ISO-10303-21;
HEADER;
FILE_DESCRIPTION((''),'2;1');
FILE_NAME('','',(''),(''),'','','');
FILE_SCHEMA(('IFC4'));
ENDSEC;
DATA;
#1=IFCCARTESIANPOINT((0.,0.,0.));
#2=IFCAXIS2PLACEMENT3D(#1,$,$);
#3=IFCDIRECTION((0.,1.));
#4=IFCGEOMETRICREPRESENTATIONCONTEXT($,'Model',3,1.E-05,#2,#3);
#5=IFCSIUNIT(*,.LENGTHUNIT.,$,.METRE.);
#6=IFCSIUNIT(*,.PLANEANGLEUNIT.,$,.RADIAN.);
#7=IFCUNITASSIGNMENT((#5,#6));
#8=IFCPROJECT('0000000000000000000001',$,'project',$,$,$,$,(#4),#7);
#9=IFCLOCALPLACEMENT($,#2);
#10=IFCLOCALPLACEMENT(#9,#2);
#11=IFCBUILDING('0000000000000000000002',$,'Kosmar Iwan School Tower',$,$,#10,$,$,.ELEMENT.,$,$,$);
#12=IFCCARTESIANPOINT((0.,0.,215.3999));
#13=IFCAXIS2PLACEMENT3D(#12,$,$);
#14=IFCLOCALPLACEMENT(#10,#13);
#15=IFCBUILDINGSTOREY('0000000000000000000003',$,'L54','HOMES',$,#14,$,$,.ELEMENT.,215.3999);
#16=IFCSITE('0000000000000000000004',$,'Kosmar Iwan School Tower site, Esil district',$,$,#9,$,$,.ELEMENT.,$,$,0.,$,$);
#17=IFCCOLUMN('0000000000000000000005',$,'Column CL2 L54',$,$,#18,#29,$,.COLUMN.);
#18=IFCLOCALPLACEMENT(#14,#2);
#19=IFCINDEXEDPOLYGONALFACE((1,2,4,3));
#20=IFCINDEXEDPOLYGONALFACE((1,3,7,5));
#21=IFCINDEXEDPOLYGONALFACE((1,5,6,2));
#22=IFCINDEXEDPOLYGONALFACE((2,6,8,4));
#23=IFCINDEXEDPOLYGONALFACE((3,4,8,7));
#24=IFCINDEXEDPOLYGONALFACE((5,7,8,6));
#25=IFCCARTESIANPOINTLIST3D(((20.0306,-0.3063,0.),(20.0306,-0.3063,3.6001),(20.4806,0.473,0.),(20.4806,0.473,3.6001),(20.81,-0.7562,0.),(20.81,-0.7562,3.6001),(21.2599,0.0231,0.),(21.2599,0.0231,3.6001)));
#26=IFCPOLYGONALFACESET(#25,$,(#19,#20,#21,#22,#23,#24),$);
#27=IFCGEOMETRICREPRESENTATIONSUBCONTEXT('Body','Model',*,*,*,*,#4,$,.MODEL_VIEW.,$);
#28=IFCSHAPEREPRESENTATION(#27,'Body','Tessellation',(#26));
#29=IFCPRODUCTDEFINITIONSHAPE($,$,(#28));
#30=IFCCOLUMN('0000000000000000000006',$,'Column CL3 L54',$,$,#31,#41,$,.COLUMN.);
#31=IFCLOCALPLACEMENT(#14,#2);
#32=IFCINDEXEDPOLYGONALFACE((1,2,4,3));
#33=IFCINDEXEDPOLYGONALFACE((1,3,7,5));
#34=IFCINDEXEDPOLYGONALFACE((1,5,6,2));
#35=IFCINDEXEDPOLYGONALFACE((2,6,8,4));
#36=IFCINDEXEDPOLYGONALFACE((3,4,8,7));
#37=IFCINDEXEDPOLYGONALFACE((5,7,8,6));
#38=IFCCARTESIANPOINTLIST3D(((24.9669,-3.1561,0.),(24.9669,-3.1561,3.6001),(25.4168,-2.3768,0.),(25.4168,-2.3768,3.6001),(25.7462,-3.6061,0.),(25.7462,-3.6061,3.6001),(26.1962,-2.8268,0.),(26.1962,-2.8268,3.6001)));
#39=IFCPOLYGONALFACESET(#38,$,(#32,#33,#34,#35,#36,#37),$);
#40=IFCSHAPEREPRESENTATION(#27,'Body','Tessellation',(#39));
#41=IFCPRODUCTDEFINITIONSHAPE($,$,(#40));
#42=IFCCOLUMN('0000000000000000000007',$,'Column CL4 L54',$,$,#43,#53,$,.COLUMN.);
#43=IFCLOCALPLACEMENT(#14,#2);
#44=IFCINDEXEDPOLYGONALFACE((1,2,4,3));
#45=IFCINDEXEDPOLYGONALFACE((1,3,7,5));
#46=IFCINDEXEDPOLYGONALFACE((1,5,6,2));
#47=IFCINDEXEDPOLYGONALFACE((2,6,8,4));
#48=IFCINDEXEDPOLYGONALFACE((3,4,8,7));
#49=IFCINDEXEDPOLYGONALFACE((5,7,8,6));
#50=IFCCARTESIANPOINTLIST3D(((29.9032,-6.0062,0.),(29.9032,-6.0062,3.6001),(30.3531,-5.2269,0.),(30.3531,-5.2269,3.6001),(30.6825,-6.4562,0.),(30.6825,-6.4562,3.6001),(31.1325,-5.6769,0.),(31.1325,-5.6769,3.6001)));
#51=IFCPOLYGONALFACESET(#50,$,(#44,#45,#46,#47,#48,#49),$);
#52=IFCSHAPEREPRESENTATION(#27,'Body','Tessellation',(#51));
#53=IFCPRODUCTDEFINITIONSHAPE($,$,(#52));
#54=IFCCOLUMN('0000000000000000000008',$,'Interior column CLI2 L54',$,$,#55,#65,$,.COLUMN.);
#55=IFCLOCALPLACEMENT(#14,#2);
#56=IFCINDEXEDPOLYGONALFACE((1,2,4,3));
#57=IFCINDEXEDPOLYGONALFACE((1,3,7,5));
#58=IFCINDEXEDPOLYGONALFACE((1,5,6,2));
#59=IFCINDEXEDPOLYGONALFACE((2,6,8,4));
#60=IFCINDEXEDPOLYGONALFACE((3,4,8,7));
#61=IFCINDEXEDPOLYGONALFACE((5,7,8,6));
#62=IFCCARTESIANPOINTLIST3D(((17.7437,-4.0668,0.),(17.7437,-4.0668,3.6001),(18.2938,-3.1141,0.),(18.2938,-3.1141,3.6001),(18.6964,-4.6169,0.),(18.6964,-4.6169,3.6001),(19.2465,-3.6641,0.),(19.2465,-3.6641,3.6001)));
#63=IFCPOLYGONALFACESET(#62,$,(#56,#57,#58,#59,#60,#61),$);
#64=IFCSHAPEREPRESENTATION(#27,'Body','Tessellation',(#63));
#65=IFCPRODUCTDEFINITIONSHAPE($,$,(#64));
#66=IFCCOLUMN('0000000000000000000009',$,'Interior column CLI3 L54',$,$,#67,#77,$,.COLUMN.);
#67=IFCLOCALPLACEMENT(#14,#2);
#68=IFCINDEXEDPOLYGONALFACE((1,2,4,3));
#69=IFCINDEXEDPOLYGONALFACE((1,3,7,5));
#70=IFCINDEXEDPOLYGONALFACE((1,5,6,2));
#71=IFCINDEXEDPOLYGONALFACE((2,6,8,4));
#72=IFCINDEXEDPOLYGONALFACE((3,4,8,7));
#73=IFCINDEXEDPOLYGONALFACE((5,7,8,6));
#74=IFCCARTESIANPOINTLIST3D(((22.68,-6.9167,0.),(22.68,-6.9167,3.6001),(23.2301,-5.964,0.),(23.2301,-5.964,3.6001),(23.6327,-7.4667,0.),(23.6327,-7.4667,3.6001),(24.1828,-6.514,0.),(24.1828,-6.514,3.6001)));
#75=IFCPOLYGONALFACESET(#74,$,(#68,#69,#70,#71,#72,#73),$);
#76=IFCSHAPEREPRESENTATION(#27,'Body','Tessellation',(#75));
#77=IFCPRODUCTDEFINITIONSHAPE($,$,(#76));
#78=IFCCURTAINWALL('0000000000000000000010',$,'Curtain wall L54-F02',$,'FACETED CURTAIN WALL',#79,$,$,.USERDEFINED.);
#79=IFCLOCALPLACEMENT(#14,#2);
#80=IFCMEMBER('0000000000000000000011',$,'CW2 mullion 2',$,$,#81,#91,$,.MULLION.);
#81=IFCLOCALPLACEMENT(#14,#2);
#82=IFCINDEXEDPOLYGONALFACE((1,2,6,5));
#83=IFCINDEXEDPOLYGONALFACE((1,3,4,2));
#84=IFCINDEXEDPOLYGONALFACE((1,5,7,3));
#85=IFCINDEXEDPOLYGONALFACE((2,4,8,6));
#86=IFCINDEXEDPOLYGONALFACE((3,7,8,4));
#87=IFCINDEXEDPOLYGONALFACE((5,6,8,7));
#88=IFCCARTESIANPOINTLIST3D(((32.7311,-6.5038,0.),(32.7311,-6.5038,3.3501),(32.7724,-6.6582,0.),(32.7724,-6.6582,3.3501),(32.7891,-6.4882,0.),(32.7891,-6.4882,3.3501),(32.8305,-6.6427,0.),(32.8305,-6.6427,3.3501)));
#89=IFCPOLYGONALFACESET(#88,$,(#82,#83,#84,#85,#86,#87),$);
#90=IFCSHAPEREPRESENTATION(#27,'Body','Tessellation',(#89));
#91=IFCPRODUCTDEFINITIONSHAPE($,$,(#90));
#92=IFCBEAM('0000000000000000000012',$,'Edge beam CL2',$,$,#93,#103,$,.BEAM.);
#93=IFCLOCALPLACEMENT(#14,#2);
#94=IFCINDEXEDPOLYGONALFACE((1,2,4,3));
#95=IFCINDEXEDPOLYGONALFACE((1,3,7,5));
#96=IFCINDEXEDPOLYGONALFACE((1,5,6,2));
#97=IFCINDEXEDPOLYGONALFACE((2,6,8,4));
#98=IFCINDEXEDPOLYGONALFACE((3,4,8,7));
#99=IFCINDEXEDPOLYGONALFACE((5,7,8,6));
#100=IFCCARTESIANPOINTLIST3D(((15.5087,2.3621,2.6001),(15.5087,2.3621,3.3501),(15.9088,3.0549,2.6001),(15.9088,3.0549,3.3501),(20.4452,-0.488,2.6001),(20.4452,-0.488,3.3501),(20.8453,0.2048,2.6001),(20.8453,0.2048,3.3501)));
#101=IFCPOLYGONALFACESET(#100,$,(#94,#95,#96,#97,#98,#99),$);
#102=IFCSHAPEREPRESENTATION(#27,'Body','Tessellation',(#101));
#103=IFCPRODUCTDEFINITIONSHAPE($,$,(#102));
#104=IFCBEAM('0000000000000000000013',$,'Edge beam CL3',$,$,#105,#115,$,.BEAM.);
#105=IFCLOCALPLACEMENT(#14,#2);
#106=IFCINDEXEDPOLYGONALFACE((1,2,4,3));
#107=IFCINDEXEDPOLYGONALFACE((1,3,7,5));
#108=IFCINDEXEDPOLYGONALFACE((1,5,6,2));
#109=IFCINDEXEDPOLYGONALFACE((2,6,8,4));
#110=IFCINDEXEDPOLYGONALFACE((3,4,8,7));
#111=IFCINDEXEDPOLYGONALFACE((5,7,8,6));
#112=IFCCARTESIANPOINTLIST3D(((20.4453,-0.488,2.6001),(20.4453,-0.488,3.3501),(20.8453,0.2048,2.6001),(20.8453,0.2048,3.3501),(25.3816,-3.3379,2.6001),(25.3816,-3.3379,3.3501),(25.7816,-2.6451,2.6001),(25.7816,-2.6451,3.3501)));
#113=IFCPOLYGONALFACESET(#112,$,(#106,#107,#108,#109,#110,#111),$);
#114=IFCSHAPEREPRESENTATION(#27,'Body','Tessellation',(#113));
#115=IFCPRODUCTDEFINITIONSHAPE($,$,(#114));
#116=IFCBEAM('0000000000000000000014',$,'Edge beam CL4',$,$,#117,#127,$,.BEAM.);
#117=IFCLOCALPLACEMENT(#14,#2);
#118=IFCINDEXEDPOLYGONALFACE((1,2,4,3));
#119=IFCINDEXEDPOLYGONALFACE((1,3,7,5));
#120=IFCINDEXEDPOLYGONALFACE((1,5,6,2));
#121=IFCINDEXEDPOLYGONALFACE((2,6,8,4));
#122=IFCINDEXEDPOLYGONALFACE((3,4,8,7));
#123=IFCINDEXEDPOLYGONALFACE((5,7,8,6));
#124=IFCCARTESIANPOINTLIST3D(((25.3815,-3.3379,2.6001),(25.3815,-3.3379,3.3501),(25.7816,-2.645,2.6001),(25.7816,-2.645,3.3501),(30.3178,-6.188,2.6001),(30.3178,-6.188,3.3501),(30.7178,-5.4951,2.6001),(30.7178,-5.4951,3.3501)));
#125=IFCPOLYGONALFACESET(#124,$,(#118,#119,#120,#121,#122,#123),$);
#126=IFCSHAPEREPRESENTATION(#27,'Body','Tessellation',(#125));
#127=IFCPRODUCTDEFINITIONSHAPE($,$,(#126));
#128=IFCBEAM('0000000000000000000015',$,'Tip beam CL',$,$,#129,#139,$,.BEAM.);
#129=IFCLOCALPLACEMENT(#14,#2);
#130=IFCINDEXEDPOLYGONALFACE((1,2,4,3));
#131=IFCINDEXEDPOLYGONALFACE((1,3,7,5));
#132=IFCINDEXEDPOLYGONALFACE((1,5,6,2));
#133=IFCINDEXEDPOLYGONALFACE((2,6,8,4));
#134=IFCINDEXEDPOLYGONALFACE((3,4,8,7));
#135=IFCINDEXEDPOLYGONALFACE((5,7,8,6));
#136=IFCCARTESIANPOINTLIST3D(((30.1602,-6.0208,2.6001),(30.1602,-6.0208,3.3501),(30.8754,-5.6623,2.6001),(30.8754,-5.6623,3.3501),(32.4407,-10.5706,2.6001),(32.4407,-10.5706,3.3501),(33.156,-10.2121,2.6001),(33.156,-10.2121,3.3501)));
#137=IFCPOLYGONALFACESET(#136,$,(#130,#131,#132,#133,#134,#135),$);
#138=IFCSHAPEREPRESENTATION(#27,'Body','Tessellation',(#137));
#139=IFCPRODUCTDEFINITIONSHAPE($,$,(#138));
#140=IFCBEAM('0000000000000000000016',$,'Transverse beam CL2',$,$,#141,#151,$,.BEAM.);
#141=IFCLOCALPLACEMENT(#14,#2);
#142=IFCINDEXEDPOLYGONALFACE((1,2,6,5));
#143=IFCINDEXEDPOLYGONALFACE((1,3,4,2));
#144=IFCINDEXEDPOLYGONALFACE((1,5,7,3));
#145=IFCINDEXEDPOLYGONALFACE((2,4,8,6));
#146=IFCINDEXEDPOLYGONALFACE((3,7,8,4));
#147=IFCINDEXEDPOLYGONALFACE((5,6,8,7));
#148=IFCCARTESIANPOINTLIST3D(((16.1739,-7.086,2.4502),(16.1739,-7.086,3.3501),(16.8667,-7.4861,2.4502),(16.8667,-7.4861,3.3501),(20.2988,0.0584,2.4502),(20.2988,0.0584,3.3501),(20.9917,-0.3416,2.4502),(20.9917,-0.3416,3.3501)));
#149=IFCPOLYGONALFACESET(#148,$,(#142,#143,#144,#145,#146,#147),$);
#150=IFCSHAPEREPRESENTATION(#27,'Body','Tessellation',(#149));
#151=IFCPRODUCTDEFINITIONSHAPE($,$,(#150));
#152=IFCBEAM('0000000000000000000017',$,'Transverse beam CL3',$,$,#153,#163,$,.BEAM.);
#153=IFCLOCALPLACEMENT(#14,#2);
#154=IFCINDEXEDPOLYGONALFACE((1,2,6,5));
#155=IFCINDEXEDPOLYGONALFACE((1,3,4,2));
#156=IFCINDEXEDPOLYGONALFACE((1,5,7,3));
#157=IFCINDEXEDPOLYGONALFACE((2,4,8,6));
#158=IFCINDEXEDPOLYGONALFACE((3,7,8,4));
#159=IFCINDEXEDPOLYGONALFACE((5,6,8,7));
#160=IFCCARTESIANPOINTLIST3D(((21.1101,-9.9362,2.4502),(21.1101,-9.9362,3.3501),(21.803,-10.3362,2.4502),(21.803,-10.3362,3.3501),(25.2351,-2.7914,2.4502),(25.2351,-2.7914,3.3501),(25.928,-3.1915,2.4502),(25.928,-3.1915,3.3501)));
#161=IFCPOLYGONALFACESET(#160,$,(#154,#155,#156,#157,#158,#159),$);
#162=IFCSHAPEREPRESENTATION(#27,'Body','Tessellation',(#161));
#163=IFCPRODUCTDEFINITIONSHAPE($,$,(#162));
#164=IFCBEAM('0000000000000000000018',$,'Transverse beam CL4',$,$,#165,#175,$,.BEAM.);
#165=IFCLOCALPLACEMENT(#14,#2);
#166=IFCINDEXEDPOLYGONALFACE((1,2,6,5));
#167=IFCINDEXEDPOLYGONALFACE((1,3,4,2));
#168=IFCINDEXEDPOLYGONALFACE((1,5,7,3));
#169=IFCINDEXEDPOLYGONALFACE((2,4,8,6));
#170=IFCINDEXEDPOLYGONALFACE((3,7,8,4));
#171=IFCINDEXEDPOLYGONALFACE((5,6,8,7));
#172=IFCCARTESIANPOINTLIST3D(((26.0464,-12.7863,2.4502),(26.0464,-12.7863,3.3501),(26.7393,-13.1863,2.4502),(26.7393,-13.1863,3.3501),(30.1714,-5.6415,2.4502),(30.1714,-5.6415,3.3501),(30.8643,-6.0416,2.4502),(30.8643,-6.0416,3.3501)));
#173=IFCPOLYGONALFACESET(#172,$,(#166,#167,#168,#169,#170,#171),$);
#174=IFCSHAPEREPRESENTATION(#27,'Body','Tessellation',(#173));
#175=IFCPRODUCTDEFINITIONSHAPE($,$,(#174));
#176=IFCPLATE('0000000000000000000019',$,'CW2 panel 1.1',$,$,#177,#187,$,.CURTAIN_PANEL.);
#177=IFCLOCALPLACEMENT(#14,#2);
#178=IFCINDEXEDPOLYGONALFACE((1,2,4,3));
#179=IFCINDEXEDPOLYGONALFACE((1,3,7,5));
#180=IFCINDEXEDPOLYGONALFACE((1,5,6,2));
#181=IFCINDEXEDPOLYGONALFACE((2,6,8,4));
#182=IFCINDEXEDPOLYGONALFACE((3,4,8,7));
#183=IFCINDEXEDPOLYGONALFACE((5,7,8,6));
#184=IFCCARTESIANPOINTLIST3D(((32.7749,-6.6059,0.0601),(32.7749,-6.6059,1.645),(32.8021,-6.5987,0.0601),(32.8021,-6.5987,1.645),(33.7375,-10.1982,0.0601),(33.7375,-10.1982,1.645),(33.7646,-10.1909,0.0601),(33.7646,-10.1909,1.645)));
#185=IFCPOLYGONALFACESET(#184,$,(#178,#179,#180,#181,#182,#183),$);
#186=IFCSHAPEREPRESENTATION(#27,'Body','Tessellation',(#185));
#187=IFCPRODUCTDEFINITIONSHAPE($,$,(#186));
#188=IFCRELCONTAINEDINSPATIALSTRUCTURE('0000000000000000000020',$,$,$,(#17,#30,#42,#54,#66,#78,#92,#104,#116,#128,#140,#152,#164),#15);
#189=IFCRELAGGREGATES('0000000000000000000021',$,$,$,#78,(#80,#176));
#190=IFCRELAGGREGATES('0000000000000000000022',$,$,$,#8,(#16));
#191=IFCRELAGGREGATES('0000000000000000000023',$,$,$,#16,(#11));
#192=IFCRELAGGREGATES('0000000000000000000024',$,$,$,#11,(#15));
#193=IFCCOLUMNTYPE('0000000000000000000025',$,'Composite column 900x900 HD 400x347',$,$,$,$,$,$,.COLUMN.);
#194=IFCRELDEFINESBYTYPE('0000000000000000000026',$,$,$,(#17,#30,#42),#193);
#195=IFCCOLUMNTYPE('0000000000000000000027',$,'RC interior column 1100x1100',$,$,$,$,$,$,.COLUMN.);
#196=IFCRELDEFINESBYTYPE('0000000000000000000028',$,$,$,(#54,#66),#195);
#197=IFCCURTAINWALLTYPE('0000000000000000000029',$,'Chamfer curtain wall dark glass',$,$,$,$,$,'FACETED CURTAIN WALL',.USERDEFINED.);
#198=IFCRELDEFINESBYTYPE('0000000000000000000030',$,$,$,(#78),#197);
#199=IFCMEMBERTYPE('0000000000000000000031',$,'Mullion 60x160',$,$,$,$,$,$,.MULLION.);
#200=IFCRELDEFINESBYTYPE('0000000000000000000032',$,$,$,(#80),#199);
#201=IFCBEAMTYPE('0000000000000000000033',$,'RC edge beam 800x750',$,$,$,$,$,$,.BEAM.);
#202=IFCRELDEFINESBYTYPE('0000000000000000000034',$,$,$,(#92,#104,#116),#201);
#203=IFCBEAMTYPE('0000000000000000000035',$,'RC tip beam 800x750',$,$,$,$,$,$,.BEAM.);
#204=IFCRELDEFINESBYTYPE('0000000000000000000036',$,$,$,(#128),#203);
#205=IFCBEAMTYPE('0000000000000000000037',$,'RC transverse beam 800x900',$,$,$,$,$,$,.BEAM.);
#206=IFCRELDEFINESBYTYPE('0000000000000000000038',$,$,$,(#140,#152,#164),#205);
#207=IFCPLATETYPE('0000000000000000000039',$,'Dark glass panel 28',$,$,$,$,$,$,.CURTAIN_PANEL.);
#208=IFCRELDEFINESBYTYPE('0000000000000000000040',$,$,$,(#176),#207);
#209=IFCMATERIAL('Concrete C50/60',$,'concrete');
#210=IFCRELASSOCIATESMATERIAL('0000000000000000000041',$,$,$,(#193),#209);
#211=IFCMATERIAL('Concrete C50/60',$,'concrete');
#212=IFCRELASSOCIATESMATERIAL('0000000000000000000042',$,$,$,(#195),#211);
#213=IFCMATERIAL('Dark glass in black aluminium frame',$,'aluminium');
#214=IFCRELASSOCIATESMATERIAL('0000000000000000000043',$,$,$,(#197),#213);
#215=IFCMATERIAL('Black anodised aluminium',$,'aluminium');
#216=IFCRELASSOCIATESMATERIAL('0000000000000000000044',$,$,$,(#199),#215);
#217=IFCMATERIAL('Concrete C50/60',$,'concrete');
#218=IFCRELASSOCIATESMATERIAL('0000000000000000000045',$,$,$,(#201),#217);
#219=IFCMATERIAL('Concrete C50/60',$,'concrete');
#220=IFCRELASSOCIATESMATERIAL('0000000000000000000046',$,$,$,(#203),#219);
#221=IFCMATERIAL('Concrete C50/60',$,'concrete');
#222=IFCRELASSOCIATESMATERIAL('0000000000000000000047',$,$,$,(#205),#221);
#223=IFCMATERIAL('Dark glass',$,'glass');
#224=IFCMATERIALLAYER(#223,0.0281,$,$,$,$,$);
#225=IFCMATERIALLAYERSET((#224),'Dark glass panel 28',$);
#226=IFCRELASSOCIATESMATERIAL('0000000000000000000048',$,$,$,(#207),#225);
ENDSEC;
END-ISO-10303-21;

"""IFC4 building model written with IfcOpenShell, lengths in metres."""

from ifc_helpers import new_model, si_unit, direction, frame, origin, origin_2d, place, context, subcontext, project, spatial, rectangle, extrude, material, layer, layer_set, material_profile, profile_set, type_object, element, aggregate, save


model = new_model("IFC4")

# Units and contexts
model_context = context("Model", 3, precision=1e-05, world=origin(), true_north=direction((0.0, 1.0)))
body_context = subcontext(model_context, "Body", "Model", "MODEL_VIEW")
ifc_project = project(units=[si_unit("LENGTHUNIT", "METRE"), si_unit("PLANEANGLEUNIT", "RADIAN")], contexts=[model_context])

# Site, building, storey
site_placement = place(None, origin())
site = spatial("IfcSite", under=ifc_project, at=site_placement, Name="Kosmar Iwan School Tower site, Esil district", CompositionType="ELEMENT", RefElevation=0.0)
building_placement = place(site_placement, origin())
building = spatial("IfcBuilding", under=site, at=building_placement, Name="Kosmar Iwan School Tower", CompositionType="ELEMENT")
storey_placement = place(building_placement, frame((0.0, 0.0, 215.3999)))
storey = spatial("IfcBuildingStorey", under=building, at=storey_placement, Name="L54", Description="HOMES", CompositionType="ELEMENT", Elevation=215.3999)

# Columns
ifc_material_1 = material(Name="Concrete C50/60", Category="concrete")
ifc_material_profile_1 = material_profile(ifc_material_1, rectangle(XDim=0.8999, YDim=0.8999, at=origin_2d()), Name="RC 900x900 + HD 400x347")
ifc_profile_set_1 = profile_set([ifc_material_profile_1], Name="Concrete C50/60")
column_type_1 = type_object("IfcColumnType", Name="Composite column 900x900 HD 400x347", PredefinedType="COLUMN", material=ifc_profile_set_1)
for number, where, z_axis, x_axis, name in (
    (1, (20.6453, -0.1416, 0.0), (0.0, 0.0, 1.0), (0.866025, -0.5, 0.0), "Column CL2 L54"),
    (2, (25.5815, -2.9915, 0.0), (0.0, 0.0, 1.0), (0.866025, -0.5, 0.0), "Column CL3 L54"),
    (3, (30.5178, -5.8416, 0.0), (0.0, 0.0, 1.0), (0.866025, -0.5, 0.0), "Column CL4 L54"),
):
    element("IfcColumn", number, at=place(storey_placement, frame(where, z_axis=z_axis, x_axis=x_axis)), inside=storey, type_object=column_type_1, Name=name, PredefinedType="COLUMN", context=body_context, shape_type="SweptSolid", body=[
        extrude(rectangle(XDim=0.8999, YDim=0.8999, at=origin_2d()), origin(), (0.0, 0.0, 1.0), 3.6001),
    ])
ifc_material_2 = material(Name="Concrete C50/60", Category="concrete")
ifc_material_profile_2 = material_profile(ifc_material_2, rectangle(XDim=1.1001, YDim=1.1001, at=origin_2d()), Name="RC 1100x1100")
ifc_profile_set_2 = profile_set([ifc_material_profile_2], Name="Concrete C50/60")
column_type_2 = type_object("IfcColumnType", Name="RC interior column 1100x1100", PredefinedType="COLUMN", material=ifc_profile_set_2)
for number, where, z_axis, x_axis, name in (
    (4, (18.4951, -3.8655, 0.0), (0.0, 0.0, 1.0), (0.866025, -0.5, 0.0), "Interior column CLI2 L54"),
    (5, (23.4314, -6.7153, 0.0), (0.0, 0.0, 1.0), (0.866025, -0.5, 0.0), "Interior column CLI3 L54"),
):
    element("IfcColumn", number, at=place(storey_placement, frame(where, z_axis=z_axis, x_axis=x_axis)), inside=storey, type_object=column_type_2, Name=name, PredefinedType="COLUMN", context=body_context, shape_type="SweptSolid", body=[
        extrude(rectangle(XDim=1.1001, YDim=1.1001, at=origin_2d()), origin(), (0.0, 0.0, 1.0), 3.6001),
    ])

# Curtain wall, member
ifc_material_3 = material(Name="Dark glass in black aluminium frame", Category="aluminium")
curtain_wall_type = type_object("IfcCurtainWallType", Name="Chamfer curtain wall dark glass", ElementType="FACETED CURTAIN WALL", PredefinedType="USERDEFINED", material=ifc_material_3)
curtain_wall_placement = place(storey_placement, origin())
curtain_wall = element("IfcCurtainWall", 6, at=curtain_wall_placement, inside=storey, type_object=curtain_wall_type, Name="Curtain wall L54-F02", ObjectType="FACETED CURTAIN WALL", PredefinedType="USERDEFINED")
ifc_material_4 = material(Name="Black anodised aluminium", Category="aluminium")
ifc_material_profile_3 = material_profile(ifc_material_4, rectangle(XDim=0.0601, YDim=0.1599, at=origin_2d()), Name="MULLION 60x160")
ifc_profile_set_3 = profile_set([ifc_material_profile_3], Name="Black anodised aluminium")
member_type = type_object("IfcMemberType", Name="Mullion 60x160", PredefinedType="MULLION", material=ifc_profile_set_3)
member_placement = place(storey_placement, frame((32.7808, -6.5732, 0.0), z_axis=(0.0, 0.0, 1.0), x_axis=(-0.965926, -0.258819, 0.0)))
member = element("IfcMember", 7, at=member_placement, type_object=member_type, Name="CW2 mullion 2", PredefinedType="MULLION", context=body_context, shape_type="SweptSolid", body=[
    extrude(rectangle(XDim=0.0601, YDim=0.1599, at=origin_2d()), origin(), (0.0, 0.0, 1.0), 3.3501),
])

# Beams
ifc_material_5 = material(Name="Concrete C50/60", Category="concrete")
ifc_material_profile_4 = material_profile(ifc_material_5, rectangle(XDim=0.8, YDim=0.75, at=origin_2d()), Name="RC 800x750")
ifc_profile_set_4 = profile_set([ifc_material_profile_4], Name="Concrete C50/60")
beam_type_1 = type_object("IfcBeamType", Name="RC edge beam 800x750", PredefinedType="BEAM", material=ifc_profile_set_4)
beam_1_placement = place(storey_placement, frame((15.7087, 2.7085, 2.9751), z_axis=(0.866026, -0.499999, 0.0), x_axis=(0.499999, 0.866026, 0.0)))
element("IfcBeam", 8, at=beam_1_placement, inside=storey, type_object=beam_type_1, Name="Edge beam CL2", PredefinedType="BEAM", context=body_context, shape_type="SweptSolid", body=[
    extrude(rectangle(XDim=0.8, YDim=0.75, at=origin_2d()), origin(), (0.0, 0.0, 1.0), 5.7002),
])
for number, where, z_axis, x_axis, name in (
    (9, (20.6453, -0.1416, 2.9751), (0.866034, -0.499986, 0.0), (0.499986, 0.866034, 0.0), "Edge beam CL3"),
    (10, (25.5815, -2.9915, 2.9751), (0.866015, -0.500018, 0.0), (0.500018, 0.866015, 0.0), "Edge beam CL4"),
):
    element("IfcBeam", number, at=place(storey_placement, frame(where, z_axis=z_axis, x_axis=x_axis)), inside=storey, type_object=beam_type_1, Name=name, PredefinedType="BEAM", context=body_context, shape_type="SweptSolid", body=[
        extrude(rectangle(XDim=0.8, YDim=0.75, at=origin_2d()), origin(), (0.0, 0.0, 1.0), 5.7),
    ])
ifc_material_6 = material(Name="Concrete C50/60", Category="concrete")
ifc_material_profile_5 = material_profile(ifc_material_6, rectangle(XDim=0.8, YDim=0.75, at=origin_2d()), Name="RC 800x750")
ifc_profile_set_5 = profile_set([ifc_material_profile_5], Name="Concrete C50/60")
beam_type_2 = type_object("IfcBeamType", Name="RC tip beam 800x750", PredefinedType="BEAM", material=ifc_profile_set_5)
beam_2_placement = place(storey_placement, frame((30.5178, -5.8416, 2.9751), z_axis=(0.448096, -0.893985, 0.0), x_axis=(0.893985, 0.448096, 0.0)))
element("IfcBeam", 11, at=beam_2_placement, inside=storey, type_object=beam_type_2, Name="Tip beam CL", PredefinedType="BEAM", context=body_context, shape_type="SweptSolid", body=[
    extrude(rectangle(XDim=0.8, YDim=0.75, at=origin_2d()), origin(), (0.0, 0.0, 1.0), 5.0894),
])
ifc_material_7 = material(Name="Concrete C50/60", Category="concrete")
ifc_material_profile_6 = material_profile(ifc_material_7, rectangle(XDim=0.8, YDim=0.8999, at=origin_2d()), Name="RC 800x900")
ifc_profile_set_6 = profile_set([ifc_material_profile_6], Name="Concrete C50/60")
beam_type_3 = type_object("IfcBeamType", Name="RC transverse beam 800x900", PredefinedType="BEAM", material=ifc_profile_set_6)
beam_3_placement = place(storey_placement, frame((20.6453, -0.1416, 2.9001), z_axis=(-0.500009, -0.86602, 0.0), x_axis=(0.86602, -0.500009, 0.0)))
element("IfcBeam", 12, at=beam_3_placement, inside=storey, type_object=beam_type_3, Name="Transverse beam CL2", PredefinedType="BEAM", context=body_context, shape_type="SweptSolid", body=[
    extrude(rectangle(XDim=0.8, YDim=0.8999, at=origin_2d()), origin(), (0.0, 0.0, 1.0), 8.2498),
])
for number, where, z_axis, x_axis, name in (
    (13, (25.5815, -2.9915, 2.9001), (-0.499997, -0.866027, 0.0), (0.866027, -0.499997, 0.0), "Transverse beam CL3"),
    (14, (30.5178, -5.8416, 2.9001), (-0.499997, -0.866027, 0.0), (0.866027, -0.499997, 0.0), "Transverse beam CL4"),
):
    element("IfcBeam", number, at=place(storey_placement, frame(where, z_axis=z_axis, x_axis=x_axis)), inside=storey, type_object=beam_type_3, Name=name, PredefinedType="BEAM", context=body_context, shape_type="SweptSolid", body=[
        extrude(rectangle(XDim=0.8, YDim=0.8999, at=origin_2d()), origin(), (0.0, 0.0, 1.0), 8.25),
    ])

# Plate
ifc_material_8 = material(Name="Dark glass", Category="glass")
ifc_layer_1 = layer(ifc_material_8, 0.0281)
ifc_layer_set_1 = layer_set([ifc_layer_1], Name="Dark glass panel 28")
plate_type = type_object("IfcPlateType", Name="Dark glass panel 28", PredefinedType="CURTAIN_PANEL", material=ifc_layer_set_1)
plate_1_placement = place(storey_placement, frame((33.2698, -8.3984, 0.0601), z_axis=(0.0, 0.0, 1.0), x_axis=(-0.258819, 0.965926, 0.0)))
plate_1 = element("IfcPlate", 15, at=plate_1_placement, type_object=plate_type, Name="CW2 panel 1.1", PredefinedType="CURTAIN_PANEL", context=body_context, shape_type="SweptSolid", body=[
    extrude(rectangle(XDim=3.719, YDim=0.0281, at=origin_2d()), origin(), (0.0, 0.0, 1.0), 1.585),
])
aggregate(curtain_wall, [member, plate_1])

save(model, "model.ifc")
